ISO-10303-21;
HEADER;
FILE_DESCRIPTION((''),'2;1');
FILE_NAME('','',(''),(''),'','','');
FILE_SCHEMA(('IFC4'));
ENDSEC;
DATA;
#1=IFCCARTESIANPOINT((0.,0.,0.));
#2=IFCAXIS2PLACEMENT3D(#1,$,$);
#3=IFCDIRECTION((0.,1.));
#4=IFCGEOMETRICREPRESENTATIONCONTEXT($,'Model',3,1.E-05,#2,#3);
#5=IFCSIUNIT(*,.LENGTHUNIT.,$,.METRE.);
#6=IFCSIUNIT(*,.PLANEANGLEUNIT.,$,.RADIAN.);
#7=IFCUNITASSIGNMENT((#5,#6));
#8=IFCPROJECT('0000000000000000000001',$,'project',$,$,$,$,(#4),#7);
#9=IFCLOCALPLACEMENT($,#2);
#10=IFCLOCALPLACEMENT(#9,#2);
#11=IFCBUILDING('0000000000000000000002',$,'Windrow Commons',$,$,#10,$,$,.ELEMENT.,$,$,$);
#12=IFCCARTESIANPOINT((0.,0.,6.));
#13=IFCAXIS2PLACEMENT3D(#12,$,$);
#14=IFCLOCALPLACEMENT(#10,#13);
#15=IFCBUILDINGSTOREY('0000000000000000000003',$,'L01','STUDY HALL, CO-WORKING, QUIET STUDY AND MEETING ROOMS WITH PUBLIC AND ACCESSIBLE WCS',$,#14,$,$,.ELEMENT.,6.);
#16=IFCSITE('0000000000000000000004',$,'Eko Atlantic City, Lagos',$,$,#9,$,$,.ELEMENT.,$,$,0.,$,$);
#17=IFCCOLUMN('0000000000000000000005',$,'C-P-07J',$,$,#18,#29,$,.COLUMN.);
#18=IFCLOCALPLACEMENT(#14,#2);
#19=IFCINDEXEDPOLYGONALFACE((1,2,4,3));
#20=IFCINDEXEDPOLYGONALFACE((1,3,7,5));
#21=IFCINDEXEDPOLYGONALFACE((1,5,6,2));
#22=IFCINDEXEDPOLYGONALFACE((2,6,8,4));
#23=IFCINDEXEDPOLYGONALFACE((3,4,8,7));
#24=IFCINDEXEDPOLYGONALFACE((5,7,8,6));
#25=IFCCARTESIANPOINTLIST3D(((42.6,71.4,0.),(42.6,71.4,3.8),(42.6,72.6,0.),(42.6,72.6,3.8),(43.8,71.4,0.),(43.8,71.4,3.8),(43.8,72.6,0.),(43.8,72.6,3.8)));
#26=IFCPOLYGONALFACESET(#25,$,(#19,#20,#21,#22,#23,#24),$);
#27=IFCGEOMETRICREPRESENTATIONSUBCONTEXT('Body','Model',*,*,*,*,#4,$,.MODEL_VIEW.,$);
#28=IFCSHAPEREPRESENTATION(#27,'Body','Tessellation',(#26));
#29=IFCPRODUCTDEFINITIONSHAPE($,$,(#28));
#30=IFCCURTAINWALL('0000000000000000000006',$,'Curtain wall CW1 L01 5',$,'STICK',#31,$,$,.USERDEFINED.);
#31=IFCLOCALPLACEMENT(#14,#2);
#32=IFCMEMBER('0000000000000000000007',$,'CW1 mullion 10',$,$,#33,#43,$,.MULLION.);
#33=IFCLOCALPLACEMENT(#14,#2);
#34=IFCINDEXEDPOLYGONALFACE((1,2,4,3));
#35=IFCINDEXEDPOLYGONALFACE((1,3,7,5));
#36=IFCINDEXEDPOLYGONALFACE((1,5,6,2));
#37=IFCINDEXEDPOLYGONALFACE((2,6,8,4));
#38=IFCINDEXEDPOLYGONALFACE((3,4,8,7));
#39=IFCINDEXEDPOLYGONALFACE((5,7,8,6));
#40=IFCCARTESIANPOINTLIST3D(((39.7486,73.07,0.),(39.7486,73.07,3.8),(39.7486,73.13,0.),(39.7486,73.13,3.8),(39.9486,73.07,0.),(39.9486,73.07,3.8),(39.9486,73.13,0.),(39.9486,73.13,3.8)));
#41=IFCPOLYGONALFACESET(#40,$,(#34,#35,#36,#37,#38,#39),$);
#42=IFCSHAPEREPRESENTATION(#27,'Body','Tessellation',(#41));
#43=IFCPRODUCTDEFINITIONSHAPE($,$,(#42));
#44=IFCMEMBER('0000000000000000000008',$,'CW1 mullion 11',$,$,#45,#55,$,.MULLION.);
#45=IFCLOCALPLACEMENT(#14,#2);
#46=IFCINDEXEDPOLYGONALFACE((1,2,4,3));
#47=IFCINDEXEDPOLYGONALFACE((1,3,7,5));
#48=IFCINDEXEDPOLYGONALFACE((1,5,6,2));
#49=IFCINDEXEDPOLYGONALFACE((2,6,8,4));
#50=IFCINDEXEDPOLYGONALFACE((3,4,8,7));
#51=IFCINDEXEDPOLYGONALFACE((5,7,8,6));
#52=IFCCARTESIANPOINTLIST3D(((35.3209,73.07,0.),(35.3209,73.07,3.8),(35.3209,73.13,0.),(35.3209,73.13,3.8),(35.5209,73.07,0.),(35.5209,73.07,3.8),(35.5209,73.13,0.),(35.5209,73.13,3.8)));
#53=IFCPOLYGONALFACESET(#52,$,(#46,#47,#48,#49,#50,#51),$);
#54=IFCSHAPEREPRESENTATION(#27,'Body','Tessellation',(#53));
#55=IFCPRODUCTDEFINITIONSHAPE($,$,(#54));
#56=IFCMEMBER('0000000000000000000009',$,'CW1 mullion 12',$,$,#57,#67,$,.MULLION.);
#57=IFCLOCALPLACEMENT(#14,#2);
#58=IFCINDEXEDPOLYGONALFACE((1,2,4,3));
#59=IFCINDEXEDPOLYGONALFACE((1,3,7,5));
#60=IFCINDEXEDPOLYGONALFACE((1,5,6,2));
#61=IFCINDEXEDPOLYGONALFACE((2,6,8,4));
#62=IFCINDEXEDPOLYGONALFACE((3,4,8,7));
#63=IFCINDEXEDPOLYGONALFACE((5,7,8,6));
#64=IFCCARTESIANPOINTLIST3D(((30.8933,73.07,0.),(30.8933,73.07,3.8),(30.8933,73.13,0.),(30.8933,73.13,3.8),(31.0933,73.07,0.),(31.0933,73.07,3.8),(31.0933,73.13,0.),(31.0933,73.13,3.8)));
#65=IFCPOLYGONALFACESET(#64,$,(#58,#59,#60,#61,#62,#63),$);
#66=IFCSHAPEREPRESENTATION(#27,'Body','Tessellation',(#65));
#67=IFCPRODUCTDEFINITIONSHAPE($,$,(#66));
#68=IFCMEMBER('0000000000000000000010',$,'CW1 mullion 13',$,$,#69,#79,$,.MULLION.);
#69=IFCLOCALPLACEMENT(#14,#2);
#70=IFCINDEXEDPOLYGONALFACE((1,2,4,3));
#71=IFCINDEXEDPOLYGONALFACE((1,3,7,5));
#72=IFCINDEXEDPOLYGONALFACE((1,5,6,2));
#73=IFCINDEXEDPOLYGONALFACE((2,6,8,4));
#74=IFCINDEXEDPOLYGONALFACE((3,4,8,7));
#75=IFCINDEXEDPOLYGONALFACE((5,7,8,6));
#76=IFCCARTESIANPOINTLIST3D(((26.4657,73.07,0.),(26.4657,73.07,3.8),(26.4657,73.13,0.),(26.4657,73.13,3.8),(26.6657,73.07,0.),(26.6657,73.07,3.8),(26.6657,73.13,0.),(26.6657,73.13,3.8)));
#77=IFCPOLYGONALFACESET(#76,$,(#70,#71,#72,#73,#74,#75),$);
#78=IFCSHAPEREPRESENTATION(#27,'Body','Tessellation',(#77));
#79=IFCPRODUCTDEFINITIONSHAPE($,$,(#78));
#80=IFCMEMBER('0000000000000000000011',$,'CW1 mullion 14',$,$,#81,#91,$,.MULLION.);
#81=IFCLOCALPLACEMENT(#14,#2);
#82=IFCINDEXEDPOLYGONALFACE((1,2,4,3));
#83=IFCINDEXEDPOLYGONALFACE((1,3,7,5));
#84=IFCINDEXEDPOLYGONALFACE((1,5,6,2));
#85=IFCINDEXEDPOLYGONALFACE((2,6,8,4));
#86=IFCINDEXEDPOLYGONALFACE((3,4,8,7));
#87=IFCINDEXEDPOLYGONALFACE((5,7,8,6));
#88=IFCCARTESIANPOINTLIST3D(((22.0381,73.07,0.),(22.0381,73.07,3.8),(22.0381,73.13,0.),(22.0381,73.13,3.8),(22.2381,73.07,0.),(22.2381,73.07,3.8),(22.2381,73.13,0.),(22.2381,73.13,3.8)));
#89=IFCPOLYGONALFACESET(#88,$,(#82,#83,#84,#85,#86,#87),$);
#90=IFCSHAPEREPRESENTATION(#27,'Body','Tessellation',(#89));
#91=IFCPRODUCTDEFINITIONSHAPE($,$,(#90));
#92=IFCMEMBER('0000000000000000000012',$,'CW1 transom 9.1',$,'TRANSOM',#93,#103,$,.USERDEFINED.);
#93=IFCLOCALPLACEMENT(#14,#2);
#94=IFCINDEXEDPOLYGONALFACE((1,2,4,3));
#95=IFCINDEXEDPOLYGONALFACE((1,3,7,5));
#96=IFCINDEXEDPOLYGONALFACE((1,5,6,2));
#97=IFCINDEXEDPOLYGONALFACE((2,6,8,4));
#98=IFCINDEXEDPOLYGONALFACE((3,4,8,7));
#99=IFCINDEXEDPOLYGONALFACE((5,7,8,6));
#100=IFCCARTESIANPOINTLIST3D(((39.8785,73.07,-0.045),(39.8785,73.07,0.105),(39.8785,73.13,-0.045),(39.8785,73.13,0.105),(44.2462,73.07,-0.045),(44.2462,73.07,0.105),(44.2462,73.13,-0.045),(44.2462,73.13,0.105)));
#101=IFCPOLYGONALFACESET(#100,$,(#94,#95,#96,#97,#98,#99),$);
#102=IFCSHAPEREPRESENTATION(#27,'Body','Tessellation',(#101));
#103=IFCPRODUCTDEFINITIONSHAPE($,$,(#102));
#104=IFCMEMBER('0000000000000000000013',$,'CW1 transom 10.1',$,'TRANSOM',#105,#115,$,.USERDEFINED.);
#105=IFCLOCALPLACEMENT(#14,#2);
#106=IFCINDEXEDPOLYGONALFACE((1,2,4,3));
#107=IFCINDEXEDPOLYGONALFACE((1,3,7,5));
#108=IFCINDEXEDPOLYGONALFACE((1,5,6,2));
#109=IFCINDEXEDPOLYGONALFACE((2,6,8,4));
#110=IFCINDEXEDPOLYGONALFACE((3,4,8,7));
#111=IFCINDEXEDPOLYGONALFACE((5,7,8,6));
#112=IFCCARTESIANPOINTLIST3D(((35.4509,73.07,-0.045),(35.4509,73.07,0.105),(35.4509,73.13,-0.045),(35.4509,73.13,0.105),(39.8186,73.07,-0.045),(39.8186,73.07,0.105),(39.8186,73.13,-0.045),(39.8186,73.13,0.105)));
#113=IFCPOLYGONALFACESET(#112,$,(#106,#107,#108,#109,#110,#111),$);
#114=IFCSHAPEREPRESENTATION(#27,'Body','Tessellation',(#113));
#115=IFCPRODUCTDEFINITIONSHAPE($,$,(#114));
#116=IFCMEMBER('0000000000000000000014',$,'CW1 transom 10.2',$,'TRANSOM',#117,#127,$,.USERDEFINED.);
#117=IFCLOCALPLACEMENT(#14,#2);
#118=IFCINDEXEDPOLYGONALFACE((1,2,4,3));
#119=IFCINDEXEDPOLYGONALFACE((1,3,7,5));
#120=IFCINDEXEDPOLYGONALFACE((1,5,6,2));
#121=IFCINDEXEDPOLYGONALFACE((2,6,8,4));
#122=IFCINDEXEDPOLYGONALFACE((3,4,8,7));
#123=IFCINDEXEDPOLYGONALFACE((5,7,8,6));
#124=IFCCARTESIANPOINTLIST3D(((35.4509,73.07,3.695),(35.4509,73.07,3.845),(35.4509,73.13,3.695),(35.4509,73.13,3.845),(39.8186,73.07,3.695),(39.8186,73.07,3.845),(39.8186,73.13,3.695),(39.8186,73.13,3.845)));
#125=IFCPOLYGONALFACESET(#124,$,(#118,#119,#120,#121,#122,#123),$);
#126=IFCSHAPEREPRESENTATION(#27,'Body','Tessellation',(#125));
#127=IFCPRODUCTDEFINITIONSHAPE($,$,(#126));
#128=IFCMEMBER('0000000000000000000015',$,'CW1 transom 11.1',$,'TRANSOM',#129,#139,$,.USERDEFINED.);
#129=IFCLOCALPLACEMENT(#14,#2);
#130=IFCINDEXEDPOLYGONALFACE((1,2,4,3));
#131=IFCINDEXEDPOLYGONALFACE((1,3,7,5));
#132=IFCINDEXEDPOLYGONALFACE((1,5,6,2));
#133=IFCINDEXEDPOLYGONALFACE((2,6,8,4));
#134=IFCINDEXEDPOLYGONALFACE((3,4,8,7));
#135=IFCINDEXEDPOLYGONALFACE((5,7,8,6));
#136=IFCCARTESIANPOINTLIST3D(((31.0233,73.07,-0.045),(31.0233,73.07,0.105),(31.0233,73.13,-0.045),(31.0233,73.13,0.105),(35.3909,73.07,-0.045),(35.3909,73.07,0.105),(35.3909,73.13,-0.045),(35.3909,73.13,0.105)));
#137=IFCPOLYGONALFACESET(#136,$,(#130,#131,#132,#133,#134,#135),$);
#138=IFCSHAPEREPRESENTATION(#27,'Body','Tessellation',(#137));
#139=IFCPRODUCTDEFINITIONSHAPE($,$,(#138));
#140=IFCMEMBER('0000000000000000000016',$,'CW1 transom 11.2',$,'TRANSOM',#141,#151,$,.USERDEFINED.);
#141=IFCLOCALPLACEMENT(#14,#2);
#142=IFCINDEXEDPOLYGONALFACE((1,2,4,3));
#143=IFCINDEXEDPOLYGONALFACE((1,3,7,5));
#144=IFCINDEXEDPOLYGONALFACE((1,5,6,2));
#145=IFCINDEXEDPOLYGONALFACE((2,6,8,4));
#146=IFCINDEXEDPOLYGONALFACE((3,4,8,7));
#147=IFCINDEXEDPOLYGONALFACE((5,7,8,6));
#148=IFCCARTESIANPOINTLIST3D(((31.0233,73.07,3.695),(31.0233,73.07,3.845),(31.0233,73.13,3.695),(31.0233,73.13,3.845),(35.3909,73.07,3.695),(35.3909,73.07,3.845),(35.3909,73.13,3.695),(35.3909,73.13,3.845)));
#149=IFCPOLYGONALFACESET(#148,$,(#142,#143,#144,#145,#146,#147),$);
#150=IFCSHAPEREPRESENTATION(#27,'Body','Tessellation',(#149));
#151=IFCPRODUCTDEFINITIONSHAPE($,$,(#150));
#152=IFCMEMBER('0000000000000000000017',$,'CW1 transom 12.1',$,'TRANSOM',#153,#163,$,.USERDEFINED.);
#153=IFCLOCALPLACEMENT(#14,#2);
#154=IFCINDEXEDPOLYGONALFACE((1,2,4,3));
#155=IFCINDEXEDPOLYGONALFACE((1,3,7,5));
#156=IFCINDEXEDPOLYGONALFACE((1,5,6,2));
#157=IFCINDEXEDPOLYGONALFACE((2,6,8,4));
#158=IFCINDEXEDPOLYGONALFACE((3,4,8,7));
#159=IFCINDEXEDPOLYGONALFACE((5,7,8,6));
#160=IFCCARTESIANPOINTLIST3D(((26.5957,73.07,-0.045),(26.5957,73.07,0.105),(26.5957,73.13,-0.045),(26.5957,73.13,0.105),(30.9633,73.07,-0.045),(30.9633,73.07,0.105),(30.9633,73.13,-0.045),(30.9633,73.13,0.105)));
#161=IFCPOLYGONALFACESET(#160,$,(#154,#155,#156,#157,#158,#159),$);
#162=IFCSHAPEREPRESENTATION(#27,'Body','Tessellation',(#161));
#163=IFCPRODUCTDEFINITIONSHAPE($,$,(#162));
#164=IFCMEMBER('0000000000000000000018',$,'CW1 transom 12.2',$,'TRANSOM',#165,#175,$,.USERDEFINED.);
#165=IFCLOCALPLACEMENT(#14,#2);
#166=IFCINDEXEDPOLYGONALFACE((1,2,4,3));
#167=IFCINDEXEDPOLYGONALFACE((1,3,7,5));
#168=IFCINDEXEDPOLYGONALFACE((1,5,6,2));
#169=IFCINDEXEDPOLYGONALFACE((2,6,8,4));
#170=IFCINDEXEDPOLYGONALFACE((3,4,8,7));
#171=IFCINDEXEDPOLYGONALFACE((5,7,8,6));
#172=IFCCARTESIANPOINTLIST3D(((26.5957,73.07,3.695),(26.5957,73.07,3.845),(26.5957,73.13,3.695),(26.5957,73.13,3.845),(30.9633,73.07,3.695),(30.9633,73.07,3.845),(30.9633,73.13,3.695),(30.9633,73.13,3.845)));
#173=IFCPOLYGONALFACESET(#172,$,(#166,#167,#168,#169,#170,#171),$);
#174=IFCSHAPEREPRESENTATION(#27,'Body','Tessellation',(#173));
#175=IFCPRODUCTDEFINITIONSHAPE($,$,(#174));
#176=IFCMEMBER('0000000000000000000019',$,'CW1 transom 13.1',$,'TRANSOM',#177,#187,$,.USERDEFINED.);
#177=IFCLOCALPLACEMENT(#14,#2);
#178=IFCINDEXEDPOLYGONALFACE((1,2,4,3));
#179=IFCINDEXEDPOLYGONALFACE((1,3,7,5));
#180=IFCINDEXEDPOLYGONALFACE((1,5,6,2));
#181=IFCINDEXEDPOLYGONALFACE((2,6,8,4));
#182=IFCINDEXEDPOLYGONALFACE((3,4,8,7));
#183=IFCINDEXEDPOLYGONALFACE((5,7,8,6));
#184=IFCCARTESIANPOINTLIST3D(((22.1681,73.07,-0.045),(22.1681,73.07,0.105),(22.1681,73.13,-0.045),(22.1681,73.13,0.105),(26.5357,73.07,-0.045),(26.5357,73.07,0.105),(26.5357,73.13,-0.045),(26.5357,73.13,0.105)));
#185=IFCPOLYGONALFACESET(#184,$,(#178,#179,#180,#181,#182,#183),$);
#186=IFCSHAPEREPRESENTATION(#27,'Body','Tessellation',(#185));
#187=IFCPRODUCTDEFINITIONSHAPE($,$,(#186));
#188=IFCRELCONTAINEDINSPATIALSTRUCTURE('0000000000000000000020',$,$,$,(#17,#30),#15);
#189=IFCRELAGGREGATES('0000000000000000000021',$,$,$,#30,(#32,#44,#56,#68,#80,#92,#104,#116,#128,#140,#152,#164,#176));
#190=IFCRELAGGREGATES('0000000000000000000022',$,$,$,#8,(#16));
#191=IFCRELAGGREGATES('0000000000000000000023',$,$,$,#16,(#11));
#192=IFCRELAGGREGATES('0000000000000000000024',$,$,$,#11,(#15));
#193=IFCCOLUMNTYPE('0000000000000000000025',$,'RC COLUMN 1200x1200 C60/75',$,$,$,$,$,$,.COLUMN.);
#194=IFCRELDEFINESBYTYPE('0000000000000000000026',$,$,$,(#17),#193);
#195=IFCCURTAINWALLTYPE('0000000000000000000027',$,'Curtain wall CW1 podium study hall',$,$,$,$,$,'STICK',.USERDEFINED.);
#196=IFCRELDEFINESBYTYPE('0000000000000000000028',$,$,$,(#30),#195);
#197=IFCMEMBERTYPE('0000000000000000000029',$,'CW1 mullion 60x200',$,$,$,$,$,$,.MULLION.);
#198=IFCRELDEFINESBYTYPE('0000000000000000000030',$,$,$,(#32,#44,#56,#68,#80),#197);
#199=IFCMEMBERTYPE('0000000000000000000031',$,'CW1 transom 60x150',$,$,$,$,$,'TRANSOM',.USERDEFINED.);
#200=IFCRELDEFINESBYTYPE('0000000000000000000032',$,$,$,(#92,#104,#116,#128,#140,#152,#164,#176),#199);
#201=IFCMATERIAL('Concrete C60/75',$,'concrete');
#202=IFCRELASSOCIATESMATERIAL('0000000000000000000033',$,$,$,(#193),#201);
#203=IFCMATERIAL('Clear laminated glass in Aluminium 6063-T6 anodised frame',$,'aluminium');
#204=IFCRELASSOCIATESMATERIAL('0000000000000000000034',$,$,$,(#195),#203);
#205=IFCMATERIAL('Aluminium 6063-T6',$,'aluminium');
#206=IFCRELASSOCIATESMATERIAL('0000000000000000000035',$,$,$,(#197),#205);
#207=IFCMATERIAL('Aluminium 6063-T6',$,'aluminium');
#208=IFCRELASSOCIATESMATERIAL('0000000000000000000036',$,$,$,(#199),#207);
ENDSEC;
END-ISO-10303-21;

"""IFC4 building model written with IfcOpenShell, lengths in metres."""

from ifc_helpers import new_model, si_unit, direction, frame, origin, origin_2d, place, context, subcontext, project, spatial, rectangle, extrude, material, material_profile, profile_set, type_object, element, aggregate, save


model = new_model("IFC4")

# Units and contexts
model_context = context("Model", 3, precision=1e-05, world=origin(), true_north=direction((0.0, 1.0)))
body_context = subcontext(model_context, "Body", "Model", "MODEL_VIEW")
ifc_project = project(units=[si_unit("LENGTHUNIT", "METRE"), si_unit("PLANEANGLEUNIT", "RADIAN")], contexts=[model_context])

# Site, building, storey
site_placement = place(None, origin())
site = spatial("IfcSite", under=ifc_project, at=site_placement, Name="Eko Atlantic City, Lagos", CompositionType="ELEMENT", RefElevation=0.0)
building_placement = place(site_placement, origin())
building = spatial("IfcBuilding", under=site, at=building_placement, Name="Windrow Commons", CompositionType="ELEMENT")
storey_placement = place(building_placement, frame((0.0, 0.0, 6.0)))
storey = spatial("IfcBuildingStorey", under=building, at=storey_placement, Name="L01", Description="STUDY HALL, CO-WORKING, QUIET STUDY AND MEETING ROOMS WITH PUBLIC AND ACCESSIBLE WCS", CompositionType="ELEMENT", Elevation=6.0)

# Column
ifc_material_1 = material(Name="Concrete C60/75", Category="concrete")
ifc_material_profile_1 = material_profile(ifc_material_1, rectangle(XDim=1.2, YDim=1.2, at=origin_2d()))
ifc_profile_set_1 = profile_set([ifc_material_profile_1], Name="Concrete C60/75")
column_type = type_object("IfcColumnType", Name="RC COLUMN 1200x1200 C60/75", PredefinedType="COLUMN", material=ifc_profile_set_1)
column_placement = place(storey_placement, frame((43.2, 72.0, 0.0), z_axis=(0.0, 0.0, 1.0), x_axis=(1.0, 0.0, 0.0)))
element("IfcColumn", 1, at=column_placement, inside=storey, type_object=column_type, Name="C-P-07J", PredefinedType="COLUMN", context=body_context, shape_type="SweptSolid", body=[
    extrude(rectangle(XDim=1.2, YDim=1.2, at=origin_2d()), origin(), (0.0, 0.0, 1.0), 3.8),
])

# Curtain wall, members
ifc_material_2 = material(Name="Clear laminated glass in Aluminium 6063-T6 anodised frame", Category="aluminium")
curtain_wall_type = type_object("IfcCurtainWallType", Name="Curtain wall CW1 podium study hall", ElementType="STICK", PredefinedType="USERDEFINED", material=ifc_material_2)
curtain_wall_placement = place(storey_placement, origin())
curtain_wall = element("IfcCurtainWall", 2, at=curtain_wall_placement, inside=storey, type_object=curtain_wall_type, Name="Curtain wall CW1 L01 5", ObjectType="STICK", PredefinedType="USERDEFINED")
ifc_material_3 = material(Name="Aluminium 6063-T6", Category="aluminium")
ifc_material_profile_2 = material_profile(ifc_material_3, rectangle(XDim=0.06, YDim=0.2, at=origin_2d()))
ifc_profile_set_2 = profile_set([ifc_material_profile_2], Name="Aluminium 6063-T6")
member_type_1 = type_object("IfcMemberType", Name="CW1 mullion 60x200", PredefinedType="MULLION", material=ifc_profile_set_2)
member_1_placement = place(storey_placement, frame((39.8486, 73.1, 0.0), z_axis=(0.0, 0.0, 1.0), x_axis=(0.0, -1.0, 0.0)))
member_1 = element("IfcMember", 3, at=member_1_placement, type_object=member_type_1, Name="CW1 mullion 10", PredefinedType="MULLION", context=body_context, shape_type="SweptSolid", body=[
    extrude(rectangle(XDim=0.06, YDim=0.2, at=origin_2d()), origin(), (0.0, 0.0, 1.0), 3.8),
])
member_2_placement = place(storey_placement, frame((35.4209, 73.1, 0.0), z_axis=(0.0, 0.0, 1.0), x_axis=(0.0, -1.0, 0.0)))
member_2 = element("IfcMember", 4, at=member_2_placement, type_object=member_type_1, Name="CW1 mullion 11", PredefinedType="MULLION", context=body_context, shape_type="SweptSolid", body=[
    extrude(rectangle(XDim=0.06, YDim=0.2, at=origin_2d()), origin(), (0.0, 0.0, 1.0), 3.8),
])
member_3_placement = place(storey_placement, frame((30.9933, 73.1, 0.0), z_axis=(0.0, 0.0, 1.0), x_axis=(0.0, -1.0, 0.0)))
member_3 = element("IfcMember", 5, at=member_3_placement, type_object=member_type_1, Name="CW1 mullion 12", PredefinedType="MULLION", context=body_context, shape_type="SweptSolid", body=[
    extrude(rectangle(XDim=0.06, YDim=0.2, at=origin_2d()), origin(), (0.0, 0.0, 1.0), 3.8),
])
member_4_placement = place(storey_placement, frame((26.5657, 73.1, 0.0), z_axis=(0.0, 0.0, 1.0), x_axis=(0.0, -1.0, 0.0)))
member_4 = element("IfcMember", 6, at=member_4_placement, type_object=member_type_1, Name="CW1 mullion 13", PredefinedType="MULLION", context=body_context, shape_type="SweptSolid", body=[
    extrude(rectangle(XDim=0.06, YDim=0.2, at=origin_2d()), origin(), (0.0, 0.0, 1.0), 3.8),
])
member_5_placement = place(storey_placement, frame((22.1381, 73.1, 0.0), z_axis=(0.0, 0.0, 1.0), x_axis=(0.0, -1.0, 0.0)))
member_5 = element("IfcMember", 7, at=member_5_placement, type_object=member_type_1, Name="CW1 mullion 14", PredefinedType="MULLION", context=body_context, shape_type="SweptSolid", body=[
    extrude(rectangle(XDim=0.06, YDim=0.2, at=origin_2d()), origin(), (0.0, 0.0, 1.0), 3.8),
])
ifc_material_4 = material(Name="Aluminium 6063-T6", Category="aluminium")
ifc_material_profile_3 = material_profile(ifc_material_4, rectangle(XDim=0.06, YDim=0.15, at=origin_2d()))
ifc_profile_set_3 = profile_set([ifc_material_profile_3], Name="Aluminium 6063-T6")
member_type_2 = type_object("IfcMemberType", Name="CW1 transom 60x150", ElementType="TRANSOM", PredefinedType="USERDEFINED", material=ifc_profile_set_3)
member_6_placement = place(storey_placement, frame((44.2462, 73.1, 0.03), z_axis=(-1.0, 0.0, 0.0), x_axis=(0.0, -1.0, 0.0)))
member_6 = element("IfcMember", 8, at=member_6_placement, type_object=member_type_2, Name="CW1 transom 9.1", ObjectType="TRANSOM", PredefinedType="USERDEFINED", context=body_context, shape_type="SweptSolid", body=[
    extrude(rectangle(XDim=0.06, YDim=0.15, at=origin_2d()), origin(), (0.0, 0.0, 1.0), 4.3677),
])
member_7_placement = place(storey_placement, frame((39.8186, 73.1, 0.03), z_axis=(-1.0, 0.0, 0.0), x_axis=(0.0, -1.0, 0.0)))
member_7 = element("IfcMember", 9, at=member_7_placement, type_object=member_type_2, Name="CW1 transom 10.1", ObjectType="TRANSOM", PredefinedType="USERDEFINED", context=body_context, shape_type="SweptSolid", body=[
    extrude(rectangle(XDim=0.06, YDim=0.15, at=origin_2d()), origin(), (0.0, 0.0, 1.0), 4.3677),
])
member_8_placement = place(storey_placement, frame((39.8186, 73.1, 3.77), z_axis=(-1.0, 0.0, 0.0), x_axis=(0.0, -1.0, 0.0)))
member_8 = element("IfcMember", 10, at=member_8_placement, type_object=member_type_2, Name="CW1 transom 10.2", ObjectType="TRANSOM", PredefinedType="USERDEFINED", context=body_context, shape_type="SweptSolid", body=[
    extrude(rectangle(XDim=0.06, YDim=0.15, at=origin_2d()), origin(), (0.0, 0.0, 1.0), 4.3677),
])
member_9_placement = place(storey_placement, frame((35.3909, 73.1, 0.03), z_axis=(-1.0, 0.0, 0.0), x_axis=(0.0, -1.0, 0.0)))
member_9 = element("IfcMember", 11, at=member_9_placement, type_object=member_type_2, Name="CW1 transom 11.1", ObjectType="TRANSOM", PredefinedType="USERDEFINED", context=body_context, shape_type="SweptSolid", body=[
    extrude(rectangle(XDim=0.06, YDim=0.15, at=origin_2d()), origin(), (0.0, 0.0, 1.0), 4.3676),
])
member_10_placement = place(storey_placement, frame((35.3909, 73.1, 3.77), z_axis=(-1.0, 0.0, 0.0), x_axis=(0.0, -1.0, 0.0)))
member_10 = element("IfcMember", 12, at=member_10_placement, type_object=member_type_2, Name="CW1 transom 11.2", ObjectType="TRANSOM", PredefinedType="USERDEFINED", context=body_context, shape_type="SweptSolid", body=[
    extrude(rectangle(XDim=0.06, YDim=0.15, at=origin_2d()), origin(), (0.0, 0.0, 1.0), 4.3676),
])
member_11_placement = place(storey_placement, frame((30.9633, 73.1, 0.03), z_axis=(-1.0, 0.0, 0.0), x_axis=(0.0, -1.0, 0.0)))
member_11 = element("IfcMember", 13, at=member_11_placement, type_object=member_type_2, Name="CW1 transom 12.1", ObjectType="TRANSOM", PredefinedType="USERDEFINED", context=body_context, shape_type="SweptSolid", body=[
    extrude(rectangle(XDim=0.06, YDim=0.15, at=origin_2d()), origin(), (0.0, 0.0, 1.0), 4.3676),
])
member_12_placement = place(storey_placement, frame((30.9633, 73.1, 3.77), z_axis=(-1.0, 0.0, 0.0), x_axis=(0.0, -1.0, 0.0)))
member_12 = element("IfcMember", 14, at=member_12_placement, type_object=member_type_2, Name="CW1 transom 12.2", ObjectType="TRANSOM", PredefinedType="USERDEFINED", context=body_context, shape_type="SweptSolid", body=[
    extrude(rectangle(XDim=0.06, YDim=0.15, at=origin_2d()), origin(), (0.0, 0.0, 1.0), 4.3676),
])
member_13_placement = place(storey_placement, frame((26.5357, 73.1, 0.03), z_axis=(-1.0, 0.0, 0.0), x_axis=(0.0, -1.0, 0.0)))
member_13 = element("IfcMember", 15, at=member_13_placement, type_object=member_type_2, Name="CW1 transom 13.1", ObjectType="TRANSOM", PredefinedType="USERDEFINED", context=body_context, shape_type="SweptSolid", body=[
    extrude(rectangle(XDim=0.06, YDim=0.15, at=origin_2d()), origin(), (0.0, 0.0, 1.0), 4.3676),
])

aggregate(curtain_wall, [member_1, member_2, member_3, member_4, member_5, member_6, member_7, member_8, member_9, member_10, member_11, member_12, member_13])

save(model, "model.ifc")
